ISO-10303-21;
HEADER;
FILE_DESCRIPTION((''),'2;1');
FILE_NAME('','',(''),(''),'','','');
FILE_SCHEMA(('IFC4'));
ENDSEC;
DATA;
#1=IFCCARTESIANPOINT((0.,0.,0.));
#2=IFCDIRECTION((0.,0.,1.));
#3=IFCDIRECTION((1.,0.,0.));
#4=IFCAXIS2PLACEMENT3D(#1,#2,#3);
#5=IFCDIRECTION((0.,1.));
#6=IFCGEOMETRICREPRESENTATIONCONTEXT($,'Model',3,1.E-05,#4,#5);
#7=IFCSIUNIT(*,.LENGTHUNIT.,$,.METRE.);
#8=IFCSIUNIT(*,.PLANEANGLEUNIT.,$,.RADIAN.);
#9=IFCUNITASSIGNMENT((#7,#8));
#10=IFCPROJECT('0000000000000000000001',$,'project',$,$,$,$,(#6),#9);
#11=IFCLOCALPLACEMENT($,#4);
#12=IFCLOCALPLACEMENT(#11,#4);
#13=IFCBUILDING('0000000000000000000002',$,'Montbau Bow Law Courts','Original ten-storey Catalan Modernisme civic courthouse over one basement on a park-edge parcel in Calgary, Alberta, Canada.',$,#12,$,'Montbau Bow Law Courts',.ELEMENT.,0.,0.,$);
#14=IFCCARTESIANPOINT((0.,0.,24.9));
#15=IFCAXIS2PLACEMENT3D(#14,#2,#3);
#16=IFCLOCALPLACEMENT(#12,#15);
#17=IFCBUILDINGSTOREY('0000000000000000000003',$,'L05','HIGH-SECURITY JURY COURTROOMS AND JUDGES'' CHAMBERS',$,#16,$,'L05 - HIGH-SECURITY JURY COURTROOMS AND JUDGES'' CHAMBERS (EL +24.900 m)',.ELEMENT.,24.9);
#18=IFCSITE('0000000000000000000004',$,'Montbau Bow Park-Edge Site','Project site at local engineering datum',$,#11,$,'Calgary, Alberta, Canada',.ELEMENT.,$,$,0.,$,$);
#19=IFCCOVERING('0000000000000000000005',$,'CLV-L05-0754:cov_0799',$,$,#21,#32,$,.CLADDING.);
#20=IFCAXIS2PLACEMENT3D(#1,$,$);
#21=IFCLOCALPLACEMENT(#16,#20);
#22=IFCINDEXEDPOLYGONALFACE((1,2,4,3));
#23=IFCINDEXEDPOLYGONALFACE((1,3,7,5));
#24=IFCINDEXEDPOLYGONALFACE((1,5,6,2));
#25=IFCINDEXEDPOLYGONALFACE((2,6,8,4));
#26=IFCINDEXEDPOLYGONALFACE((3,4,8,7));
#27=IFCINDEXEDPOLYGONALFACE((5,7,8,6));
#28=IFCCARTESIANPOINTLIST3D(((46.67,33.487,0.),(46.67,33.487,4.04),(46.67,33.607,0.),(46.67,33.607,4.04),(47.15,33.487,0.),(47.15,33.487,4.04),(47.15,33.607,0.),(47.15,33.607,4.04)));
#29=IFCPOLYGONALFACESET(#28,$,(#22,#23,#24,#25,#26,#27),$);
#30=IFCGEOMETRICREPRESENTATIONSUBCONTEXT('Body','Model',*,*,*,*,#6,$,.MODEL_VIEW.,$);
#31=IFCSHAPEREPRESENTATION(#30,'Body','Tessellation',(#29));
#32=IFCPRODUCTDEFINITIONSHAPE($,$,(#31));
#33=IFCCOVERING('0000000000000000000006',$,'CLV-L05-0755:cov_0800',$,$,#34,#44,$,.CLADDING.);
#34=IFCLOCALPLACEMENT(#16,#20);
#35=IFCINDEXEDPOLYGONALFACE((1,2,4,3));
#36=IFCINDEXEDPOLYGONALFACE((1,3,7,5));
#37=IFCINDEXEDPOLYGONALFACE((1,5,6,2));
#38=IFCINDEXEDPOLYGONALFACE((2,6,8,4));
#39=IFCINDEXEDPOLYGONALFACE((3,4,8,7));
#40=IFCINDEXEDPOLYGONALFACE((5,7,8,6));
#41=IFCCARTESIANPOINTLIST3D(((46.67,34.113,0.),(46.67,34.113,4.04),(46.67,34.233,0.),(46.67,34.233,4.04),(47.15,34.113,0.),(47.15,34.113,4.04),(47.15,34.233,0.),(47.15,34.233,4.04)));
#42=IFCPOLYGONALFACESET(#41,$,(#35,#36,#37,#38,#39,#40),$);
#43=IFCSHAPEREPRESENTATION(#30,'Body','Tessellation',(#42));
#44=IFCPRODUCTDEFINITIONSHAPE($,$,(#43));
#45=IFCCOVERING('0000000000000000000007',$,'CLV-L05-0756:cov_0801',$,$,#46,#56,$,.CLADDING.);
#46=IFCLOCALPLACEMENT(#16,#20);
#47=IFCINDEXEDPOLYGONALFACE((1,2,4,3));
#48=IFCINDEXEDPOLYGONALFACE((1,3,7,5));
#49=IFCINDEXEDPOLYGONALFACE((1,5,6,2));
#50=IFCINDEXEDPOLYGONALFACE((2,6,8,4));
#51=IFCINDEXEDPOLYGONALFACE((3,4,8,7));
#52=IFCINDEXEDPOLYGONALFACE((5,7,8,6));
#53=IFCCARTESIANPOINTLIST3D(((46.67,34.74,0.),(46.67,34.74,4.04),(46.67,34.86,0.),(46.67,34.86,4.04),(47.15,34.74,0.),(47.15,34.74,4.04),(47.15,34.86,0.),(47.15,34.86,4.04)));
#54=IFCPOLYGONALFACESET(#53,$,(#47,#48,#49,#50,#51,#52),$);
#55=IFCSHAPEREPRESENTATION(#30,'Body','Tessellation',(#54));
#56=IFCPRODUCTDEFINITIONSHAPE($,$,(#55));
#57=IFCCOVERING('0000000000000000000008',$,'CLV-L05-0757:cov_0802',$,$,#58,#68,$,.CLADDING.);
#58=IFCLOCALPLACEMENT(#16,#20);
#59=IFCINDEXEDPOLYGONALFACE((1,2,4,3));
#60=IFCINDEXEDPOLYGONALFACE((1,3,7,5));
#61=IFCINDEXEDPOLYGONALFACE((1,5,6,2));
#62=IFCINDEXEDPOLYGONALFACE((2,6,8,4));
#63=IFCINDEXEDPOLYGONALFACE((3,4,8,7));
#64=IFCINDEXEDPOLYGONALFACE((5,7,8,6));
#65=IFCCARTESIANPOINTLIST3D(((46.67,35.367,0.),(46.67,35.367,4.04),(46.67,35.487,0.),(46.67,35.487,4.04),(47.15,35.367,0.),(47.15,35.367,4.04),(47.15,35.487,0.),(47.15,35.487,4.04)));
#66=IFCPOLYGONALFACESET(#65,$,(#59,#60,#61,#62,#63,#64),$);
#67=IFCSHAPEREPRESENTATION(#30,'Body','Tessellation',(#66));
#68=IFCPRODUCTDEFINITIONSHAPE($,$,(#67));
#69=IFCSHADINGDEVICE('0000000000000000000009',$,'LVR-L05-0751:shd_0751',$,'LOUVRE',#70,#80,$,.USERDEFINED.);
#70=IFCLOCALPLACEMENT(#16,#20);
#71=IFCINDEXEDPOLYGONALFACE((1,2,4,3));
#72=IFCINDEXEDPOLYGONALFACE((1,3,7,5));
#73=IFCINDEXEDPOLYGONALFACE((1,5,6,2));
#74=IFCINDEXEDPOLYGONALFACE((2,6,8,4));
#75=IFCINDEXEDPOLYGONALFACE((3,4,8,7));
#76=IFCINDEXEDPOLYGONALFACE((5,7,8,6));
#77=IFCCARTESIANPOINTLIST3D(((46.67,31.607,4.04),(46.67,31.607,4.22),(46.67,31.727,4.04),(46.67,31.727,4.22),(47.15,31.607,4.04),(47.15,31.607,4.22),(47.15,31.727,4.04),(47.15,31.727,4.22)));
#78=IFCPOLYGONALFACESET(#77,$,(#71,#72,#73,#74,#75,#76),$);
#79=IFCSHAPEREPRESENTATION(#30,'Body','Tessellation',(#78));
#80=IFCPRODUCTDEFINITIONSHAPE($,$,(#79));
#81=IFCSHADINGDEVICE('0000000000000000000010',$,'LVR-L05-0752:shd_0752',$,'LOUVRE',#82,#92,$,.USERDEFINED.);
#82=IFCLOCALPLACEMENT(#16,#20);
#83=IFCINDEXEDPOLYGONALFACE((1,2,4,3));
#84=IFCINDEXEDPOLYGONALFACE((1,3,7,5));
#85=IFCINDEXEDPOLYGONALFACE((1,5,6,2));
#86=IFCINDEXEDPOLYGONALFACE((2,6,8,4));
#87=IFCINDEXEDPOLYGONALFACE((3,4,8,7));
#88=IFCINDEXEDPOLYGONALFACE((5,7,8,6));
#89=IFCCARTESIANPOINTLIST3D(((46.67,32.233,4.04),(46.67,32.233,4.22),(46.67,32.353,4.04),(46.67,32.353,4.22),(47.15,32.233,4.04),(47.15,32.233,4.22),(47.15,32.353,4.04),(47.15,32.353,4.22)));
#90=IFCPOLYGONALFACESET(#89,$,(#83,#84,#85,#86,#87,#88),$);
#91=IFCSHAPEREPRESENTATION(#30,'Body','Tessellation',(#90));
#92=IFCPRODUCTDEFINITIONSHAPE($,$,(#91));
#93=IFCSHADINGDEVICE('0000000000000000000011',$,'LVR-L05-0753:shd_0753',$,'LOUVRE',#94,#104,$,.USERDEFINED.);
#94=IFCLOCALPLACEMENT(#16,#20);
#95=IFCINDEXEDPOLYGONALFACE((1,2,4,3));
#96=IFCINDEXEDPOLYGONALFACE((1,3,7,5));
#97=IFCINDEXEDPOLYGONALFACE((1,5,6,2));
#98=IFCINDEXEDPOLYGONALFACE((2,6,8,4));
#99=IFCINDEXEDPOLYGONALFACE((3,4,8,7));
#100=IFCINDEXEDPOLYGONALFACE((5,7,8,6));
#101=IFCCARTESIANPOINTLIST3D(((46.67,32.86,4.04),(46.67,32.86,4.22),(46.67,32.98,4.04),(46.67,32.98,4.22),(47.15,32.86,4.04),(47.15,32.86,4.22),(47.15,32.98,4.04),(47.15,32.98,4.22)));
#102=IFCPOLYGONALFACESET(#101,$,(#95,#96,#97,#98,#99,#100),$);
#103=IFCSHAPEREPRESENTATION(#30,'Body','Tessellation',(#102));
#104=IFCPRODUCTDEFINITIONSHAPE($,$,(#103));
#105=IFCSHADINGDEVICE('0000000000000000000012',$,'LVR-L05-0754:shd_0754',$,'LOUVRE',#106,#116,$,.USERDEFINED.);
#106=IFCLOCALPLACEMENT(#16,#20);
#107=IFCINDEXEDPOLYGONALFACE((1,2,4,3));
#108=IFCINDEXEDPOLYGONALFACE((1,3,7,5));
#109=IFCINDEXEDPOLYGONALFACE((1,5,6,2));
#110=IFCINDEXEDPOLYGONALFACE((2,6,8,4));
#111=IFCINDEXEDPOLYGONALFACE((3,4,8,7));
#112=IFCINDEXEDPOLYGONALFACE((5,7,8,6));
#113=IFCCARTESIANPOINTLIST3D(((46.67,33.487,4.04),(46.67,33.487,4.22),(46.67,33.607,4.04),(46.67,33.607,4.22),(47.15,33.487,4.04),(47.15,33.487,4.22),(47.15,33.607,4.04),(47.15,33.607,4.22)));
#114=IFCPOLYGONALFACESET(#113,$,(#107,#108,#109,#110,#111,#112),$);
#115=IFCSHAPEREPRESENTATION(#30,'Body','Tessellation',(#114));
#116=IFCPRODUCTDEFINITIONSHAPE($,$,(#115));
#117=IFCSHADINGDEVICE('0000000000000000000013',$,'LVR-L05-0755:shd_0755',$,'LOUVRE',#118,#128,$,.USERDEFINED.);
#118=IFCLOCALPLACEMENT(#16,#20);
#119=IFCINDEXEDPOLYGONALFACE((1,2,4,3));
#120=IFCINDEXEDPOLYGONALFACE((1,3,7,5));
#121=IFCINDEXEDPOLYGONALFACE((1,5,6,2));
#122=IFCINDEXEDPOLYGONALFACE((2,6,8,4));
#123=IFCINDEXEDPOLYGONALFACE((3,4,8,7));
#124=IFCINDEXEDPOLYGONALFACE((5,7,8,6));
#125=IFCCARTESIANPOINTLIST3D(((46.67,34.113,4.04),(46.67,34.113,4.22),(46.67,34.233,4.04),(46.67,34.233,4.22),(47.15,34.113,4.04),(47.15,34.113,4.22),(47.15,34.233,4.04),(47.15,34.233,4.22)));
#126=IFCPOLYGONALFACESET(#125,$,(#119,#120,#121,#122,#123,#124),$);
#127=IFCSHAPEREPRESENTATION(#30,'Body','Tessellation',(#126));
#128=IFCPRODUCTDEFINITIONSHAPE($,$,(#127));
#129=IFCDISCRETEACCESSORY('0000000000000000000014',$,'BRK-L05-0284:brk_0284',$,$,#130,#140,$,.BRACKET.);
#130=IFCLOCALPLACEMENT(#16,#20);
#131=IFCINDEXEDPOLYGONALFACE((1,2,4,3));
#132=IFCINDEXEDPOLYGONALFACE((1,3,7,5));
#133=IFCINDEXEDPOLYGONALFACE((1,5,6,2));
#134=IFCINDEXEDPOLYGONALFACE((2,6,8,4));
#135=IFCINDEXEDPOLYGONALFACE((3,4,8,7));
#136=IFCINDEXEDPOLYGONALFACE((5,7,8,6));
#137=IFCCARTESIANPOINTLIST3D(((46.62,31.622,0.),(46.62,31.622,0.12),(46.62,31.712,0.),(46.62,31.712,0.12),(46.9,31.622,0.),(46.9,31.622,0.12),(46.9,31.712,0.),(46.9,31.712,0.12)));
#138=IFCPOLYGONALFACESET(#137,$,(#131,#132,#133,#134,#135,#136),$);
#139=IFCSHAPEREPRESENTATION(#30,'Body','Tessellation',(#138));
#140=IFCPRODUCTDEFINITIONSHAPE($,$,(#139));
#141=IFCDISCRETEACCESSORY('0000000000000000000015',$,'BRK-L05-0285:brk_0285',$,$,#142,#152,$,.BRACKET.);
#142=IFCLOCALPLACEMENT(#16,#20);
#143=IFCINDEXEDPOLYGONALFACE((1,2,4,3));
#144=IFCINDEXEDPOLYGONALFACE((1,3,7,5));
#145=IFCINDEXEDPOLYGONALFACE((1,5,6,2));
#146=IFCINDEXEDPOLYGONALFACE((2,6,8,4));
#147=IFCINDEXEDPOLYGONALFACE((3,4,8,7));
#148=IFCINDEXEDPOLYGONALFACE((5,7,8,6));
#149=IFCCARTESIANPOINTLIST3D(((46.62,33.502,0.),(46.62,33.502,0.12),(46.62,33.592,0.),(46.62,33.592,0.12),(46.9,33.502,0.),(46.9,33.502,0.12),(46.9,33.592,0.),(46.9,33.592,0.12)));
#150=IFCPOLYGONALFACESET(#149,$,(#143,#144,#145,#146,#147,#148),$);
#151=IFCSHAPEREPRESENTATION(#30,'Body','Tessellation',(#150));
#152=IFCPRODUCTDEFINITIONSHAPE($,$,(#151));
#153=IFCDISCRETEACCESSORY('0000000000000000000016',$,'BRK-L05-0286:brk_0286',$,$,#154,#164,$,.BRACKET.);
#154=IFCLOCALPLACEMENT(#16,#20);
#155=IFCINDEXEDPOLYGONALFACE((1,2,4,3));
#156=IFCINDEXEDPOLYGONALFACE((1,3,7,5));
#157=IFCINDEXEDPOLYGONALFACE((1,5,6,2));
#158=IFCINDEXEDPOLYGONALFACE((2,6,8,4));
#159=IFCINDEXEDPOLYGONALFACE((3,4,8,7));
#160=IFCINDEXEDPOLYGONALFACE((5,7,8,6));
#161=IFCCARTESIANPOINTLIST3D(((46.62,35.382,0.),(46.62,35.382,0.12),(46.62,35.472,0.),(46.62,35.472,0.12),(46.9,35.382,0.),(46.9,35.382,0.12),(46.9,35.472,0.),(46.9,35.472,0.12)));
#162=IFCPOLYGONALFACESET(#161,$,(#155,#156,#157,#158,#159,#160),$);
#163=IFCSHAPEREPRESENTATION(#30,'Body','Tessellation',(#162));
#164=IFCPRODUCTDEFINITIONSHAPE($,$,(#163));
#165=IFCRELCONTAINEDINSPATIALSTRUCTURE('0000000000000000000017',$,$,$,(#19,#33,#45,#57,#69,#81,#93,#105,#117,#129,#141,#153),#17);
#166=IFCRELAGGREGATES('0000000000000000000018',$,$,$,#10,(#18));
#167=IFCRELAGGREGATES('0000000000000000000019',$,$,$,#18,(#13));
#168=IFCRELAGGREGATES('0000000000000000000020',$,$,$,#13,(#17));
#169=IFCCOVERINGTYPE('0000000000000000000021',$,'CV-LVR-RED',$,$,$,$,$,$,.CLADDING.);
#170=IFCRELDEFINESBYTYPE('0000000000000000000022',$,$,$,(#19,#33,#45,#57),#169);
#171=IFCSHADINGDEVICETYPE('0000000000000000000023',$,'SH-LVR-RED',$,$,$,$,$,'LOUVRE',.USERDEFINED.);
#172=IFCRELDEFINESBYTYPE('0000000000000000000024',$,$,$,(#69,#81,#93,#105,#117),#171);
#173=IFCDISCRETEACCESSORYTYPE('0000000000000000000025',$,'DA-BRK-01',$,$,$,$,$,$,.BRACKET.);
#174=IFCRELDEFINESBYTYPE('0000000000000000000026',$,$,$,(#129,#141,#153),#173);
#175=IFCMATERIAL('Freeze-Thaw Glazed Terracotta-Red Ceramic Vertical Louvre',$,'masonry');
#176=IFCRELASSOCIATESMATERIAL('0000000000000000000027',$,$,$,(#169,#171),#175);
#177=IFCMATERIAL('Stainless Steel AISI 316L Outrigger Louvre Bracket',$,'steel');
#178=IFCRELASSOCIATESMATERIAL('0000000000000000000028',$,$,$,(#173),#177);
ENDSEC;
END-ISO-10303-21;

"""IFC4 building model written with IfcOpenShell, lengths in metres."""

from ifc_helpers import new_model, si_unit, direction, frame, frame_2d, origin_with_axes, origin_2d_with_axis, place, context, subcontext, project, spatial, rectangle, extrude, material, type_object, element, save


model = new_model("IFC4")

# Units and contexts
model_context = context("Model", 3, precision=1e-05, world=origin_with_axes(), true_north=direction((0.0, 1.0)))
body_context = subcontext(model_context, "Body", "Model", "MODEL_VIEW")
ifc_project = project(units=[si_unit("LENGTHUNIT", "METRE"), si_unit("PLANEANGLEUNIT", "RADIAN")], contexts=[model_context])

# Site, building, storey
site_placement = place(None, origin_with_axes())
site = spatial("IfcSite", under=ifc_project, at=site_placement, Name="Montbau Bow Park-Edge Site", Description="Project site at local engineering datum", LongName="Calgary, Alberta, Canada", CompositionType="ELEMENT", RefElevation=0.0)
building_placement = place(site_placement, origin_with_axes())
building = spatial("IfcBuilding", under=site, at=building_placement, Name="Montbau Bow Law Courts", Description="Original ten-storey Catalan Modernisme civic courthouse over one basement on a park-edge parcel in Calgary, Alberta, Canada.", LongName="Montbau Bow Law Courts", CompositionType="ELEMENT", ElevationOfRefHeight=0.0, ElevationOfTerrain=0.0)
storey_placement = place(building_placement, frame((0.0, 0.0, 24.9), z_axis=(0.0, 0.0, 1.0), x_axis=(1.0, 0.0, 0.0)))
storey = spatial("IfcBuildingStorey", under=building, at=storey_placement, Name="L05", Description="HIGH-SECURITY JURY COURTROOMS AND JUDGES' CHAMBERS", LongName="L05 - HIGH-SECURITY JURY COURTROOMS AND JUDGES' CHAMBERS (EL +24.900 m)", CompositionType="ELEMENT", Elevation=24.9)

# Coverings
ifc_material_1 = material(Name="Freeze-Thaw Glazed Terracotta-Red Ceramic Vertical Louvre", Category="masonry")
covering_type = type_object("IfcCoveringType", Name="CV-LVR-RED", PredefinedType="CLADDING", material=ifc_material_1)
for number, where, z_axis, x_axis, name in (
    (1, (46.67, 33.547, 24.9), (0.0, -1.0, 0.0), (1.0, 0.0, 0.0), "CLV-L05-0754:cov_0799"),
    (2, (46.67, 34.173, 24.9), (0.0, -1.0, 0.0), (1.0, 0.0, 0.0), "CLV-L05-0755:cov_0800"),
    (3, (46.67, 34.8, 24.9), (0.0, -1.0, 0.0), (1.0, 0.0, 0.0), "CLV-L05-0756:cov_0801"),
    (4, (46.67, 35.427, 24.9), (0.0, -1.0, 0.0), (1.0, 0.0, 0.0), "CLV-L05-0757:cov_0802"),
):
    element("IfcCovering", number, at=place(None, frame(where, z_axis=z_axis, x_axis=x_axis)), inside=storey, type_object=covering_type, Name=name, PredefinedType="CLADDING", context=body_context, shape_type="SweptSolid", body=[
        extrude(rectangle(XDim=0.48, YDim=4.04, at=frame_2d((0.24, 2.02), x_axis=(1.0, 0.0))), frame((0.0, 0.0, -0.06), z_axis=(0.0, 0.0, 1.0), x_axis=(1.0, 0.0, 0.0)), (0.0, 0.0, 1.0), 0.12),
    ])

# Shading devices
shading_device_type = type_object("IfcShadingDeviceType", Name="SH-LVR-RED", ElementType="LOUVRE", PredefinedType="USERDEFINED", material=ifc_material_1)
for number, where, z_axis, x_axis, name in (
    (5, (46.91, 31.667, 28.94), (0.0, 0.0, 1.0), (1.0, 0.0, 0.0), "LVR-L05-0751:shd_0751"),
    (6, (46.91, 32.293, 28.94), (0.0, 0.0, 1.0), (1.0, 0.0, 0.0), "LVR-L05-0752:shd_0752"),
    (7, (46.91, 32.92, 28.94), (0.0, 0.0, 1.0), (1.0, 0.0, 0.0), "LVR-L05-0753:shd_0753"),
    (8, (46.91, 33.547, 28.94), (0.0, 0.0, 1.0), (1.0, 0.0, 0.0), "LVR-L05-0754:shd_0754"),
    (9, (46.91, 34.173, 28.94), (0.0, 0.0, 1.0), (1.0, 0.0, 0.0), "LVR-L05-0755:shd_0755"),
):
    element("IfcShadingDevice", number, at=place(None, frame(where, z_axis=z_axis, x_axis=x_axis)), inside=storey, type_object=shading_device_type, Name=name, ObjectType="LOUVRE", PredefinedType="USERDEFINED", context=body_context, shape_type="SweptSolid", body=[
        extrude(rectangle(XDim=0.48, YDim=0.12, at=origin_2d_with_axis()), origin_with_axes(), (0.0, 0.0, 1.0), 0.18),
    ])

# Discrete accessories
ifc_material_2 = material(Name="Stainless Steel AISI 316L Outrigger Louvre Bracket", Category="steel")
discrete_accessory_type = type_object("IfcDiscreteAccessoryType", Name="DA-BRK-01", PredefinedType="BRACKET", material=ifc_material_2)
for number, where, z_axis, x_axis, name in (
    (10, (46.76, 31.667, 24.9), (0.0, 0.0, 1.0), (1.0, 0.0, 0.0), "BRK-L05-0284:brk_0284"),
    (11, (46.76, 33.547, 24.9), (0.0, 0.0, 1.0), (1.0, 0.0, 0.0), "BRK-L05-0285:brk_0285"),
    (12, (46.76, 35.427, 24.9), (0.0, 0.0, 1.0), (1.0, 0.0, 0.0), "BRK-L05-0286:brk_0286"),
):
    element("IfcDiscreteAccessory", number, at=place(None, frame(where, z_axis=z_axis, x_axis=x_axis)), inside=storey, type_object=discrete_accessory_type, Name=name, PredefinedType="BRACKET", context=body_context, shape_type="SweptSolid", body=[
        extrude(rectangle(XDim=0.28, YDim=0.09, at=origin_2d_with_axis()), origin_with_axes(), (0.0, 0.0, 1.0), 0.12),
    ])

save(model, "model.ifc")
